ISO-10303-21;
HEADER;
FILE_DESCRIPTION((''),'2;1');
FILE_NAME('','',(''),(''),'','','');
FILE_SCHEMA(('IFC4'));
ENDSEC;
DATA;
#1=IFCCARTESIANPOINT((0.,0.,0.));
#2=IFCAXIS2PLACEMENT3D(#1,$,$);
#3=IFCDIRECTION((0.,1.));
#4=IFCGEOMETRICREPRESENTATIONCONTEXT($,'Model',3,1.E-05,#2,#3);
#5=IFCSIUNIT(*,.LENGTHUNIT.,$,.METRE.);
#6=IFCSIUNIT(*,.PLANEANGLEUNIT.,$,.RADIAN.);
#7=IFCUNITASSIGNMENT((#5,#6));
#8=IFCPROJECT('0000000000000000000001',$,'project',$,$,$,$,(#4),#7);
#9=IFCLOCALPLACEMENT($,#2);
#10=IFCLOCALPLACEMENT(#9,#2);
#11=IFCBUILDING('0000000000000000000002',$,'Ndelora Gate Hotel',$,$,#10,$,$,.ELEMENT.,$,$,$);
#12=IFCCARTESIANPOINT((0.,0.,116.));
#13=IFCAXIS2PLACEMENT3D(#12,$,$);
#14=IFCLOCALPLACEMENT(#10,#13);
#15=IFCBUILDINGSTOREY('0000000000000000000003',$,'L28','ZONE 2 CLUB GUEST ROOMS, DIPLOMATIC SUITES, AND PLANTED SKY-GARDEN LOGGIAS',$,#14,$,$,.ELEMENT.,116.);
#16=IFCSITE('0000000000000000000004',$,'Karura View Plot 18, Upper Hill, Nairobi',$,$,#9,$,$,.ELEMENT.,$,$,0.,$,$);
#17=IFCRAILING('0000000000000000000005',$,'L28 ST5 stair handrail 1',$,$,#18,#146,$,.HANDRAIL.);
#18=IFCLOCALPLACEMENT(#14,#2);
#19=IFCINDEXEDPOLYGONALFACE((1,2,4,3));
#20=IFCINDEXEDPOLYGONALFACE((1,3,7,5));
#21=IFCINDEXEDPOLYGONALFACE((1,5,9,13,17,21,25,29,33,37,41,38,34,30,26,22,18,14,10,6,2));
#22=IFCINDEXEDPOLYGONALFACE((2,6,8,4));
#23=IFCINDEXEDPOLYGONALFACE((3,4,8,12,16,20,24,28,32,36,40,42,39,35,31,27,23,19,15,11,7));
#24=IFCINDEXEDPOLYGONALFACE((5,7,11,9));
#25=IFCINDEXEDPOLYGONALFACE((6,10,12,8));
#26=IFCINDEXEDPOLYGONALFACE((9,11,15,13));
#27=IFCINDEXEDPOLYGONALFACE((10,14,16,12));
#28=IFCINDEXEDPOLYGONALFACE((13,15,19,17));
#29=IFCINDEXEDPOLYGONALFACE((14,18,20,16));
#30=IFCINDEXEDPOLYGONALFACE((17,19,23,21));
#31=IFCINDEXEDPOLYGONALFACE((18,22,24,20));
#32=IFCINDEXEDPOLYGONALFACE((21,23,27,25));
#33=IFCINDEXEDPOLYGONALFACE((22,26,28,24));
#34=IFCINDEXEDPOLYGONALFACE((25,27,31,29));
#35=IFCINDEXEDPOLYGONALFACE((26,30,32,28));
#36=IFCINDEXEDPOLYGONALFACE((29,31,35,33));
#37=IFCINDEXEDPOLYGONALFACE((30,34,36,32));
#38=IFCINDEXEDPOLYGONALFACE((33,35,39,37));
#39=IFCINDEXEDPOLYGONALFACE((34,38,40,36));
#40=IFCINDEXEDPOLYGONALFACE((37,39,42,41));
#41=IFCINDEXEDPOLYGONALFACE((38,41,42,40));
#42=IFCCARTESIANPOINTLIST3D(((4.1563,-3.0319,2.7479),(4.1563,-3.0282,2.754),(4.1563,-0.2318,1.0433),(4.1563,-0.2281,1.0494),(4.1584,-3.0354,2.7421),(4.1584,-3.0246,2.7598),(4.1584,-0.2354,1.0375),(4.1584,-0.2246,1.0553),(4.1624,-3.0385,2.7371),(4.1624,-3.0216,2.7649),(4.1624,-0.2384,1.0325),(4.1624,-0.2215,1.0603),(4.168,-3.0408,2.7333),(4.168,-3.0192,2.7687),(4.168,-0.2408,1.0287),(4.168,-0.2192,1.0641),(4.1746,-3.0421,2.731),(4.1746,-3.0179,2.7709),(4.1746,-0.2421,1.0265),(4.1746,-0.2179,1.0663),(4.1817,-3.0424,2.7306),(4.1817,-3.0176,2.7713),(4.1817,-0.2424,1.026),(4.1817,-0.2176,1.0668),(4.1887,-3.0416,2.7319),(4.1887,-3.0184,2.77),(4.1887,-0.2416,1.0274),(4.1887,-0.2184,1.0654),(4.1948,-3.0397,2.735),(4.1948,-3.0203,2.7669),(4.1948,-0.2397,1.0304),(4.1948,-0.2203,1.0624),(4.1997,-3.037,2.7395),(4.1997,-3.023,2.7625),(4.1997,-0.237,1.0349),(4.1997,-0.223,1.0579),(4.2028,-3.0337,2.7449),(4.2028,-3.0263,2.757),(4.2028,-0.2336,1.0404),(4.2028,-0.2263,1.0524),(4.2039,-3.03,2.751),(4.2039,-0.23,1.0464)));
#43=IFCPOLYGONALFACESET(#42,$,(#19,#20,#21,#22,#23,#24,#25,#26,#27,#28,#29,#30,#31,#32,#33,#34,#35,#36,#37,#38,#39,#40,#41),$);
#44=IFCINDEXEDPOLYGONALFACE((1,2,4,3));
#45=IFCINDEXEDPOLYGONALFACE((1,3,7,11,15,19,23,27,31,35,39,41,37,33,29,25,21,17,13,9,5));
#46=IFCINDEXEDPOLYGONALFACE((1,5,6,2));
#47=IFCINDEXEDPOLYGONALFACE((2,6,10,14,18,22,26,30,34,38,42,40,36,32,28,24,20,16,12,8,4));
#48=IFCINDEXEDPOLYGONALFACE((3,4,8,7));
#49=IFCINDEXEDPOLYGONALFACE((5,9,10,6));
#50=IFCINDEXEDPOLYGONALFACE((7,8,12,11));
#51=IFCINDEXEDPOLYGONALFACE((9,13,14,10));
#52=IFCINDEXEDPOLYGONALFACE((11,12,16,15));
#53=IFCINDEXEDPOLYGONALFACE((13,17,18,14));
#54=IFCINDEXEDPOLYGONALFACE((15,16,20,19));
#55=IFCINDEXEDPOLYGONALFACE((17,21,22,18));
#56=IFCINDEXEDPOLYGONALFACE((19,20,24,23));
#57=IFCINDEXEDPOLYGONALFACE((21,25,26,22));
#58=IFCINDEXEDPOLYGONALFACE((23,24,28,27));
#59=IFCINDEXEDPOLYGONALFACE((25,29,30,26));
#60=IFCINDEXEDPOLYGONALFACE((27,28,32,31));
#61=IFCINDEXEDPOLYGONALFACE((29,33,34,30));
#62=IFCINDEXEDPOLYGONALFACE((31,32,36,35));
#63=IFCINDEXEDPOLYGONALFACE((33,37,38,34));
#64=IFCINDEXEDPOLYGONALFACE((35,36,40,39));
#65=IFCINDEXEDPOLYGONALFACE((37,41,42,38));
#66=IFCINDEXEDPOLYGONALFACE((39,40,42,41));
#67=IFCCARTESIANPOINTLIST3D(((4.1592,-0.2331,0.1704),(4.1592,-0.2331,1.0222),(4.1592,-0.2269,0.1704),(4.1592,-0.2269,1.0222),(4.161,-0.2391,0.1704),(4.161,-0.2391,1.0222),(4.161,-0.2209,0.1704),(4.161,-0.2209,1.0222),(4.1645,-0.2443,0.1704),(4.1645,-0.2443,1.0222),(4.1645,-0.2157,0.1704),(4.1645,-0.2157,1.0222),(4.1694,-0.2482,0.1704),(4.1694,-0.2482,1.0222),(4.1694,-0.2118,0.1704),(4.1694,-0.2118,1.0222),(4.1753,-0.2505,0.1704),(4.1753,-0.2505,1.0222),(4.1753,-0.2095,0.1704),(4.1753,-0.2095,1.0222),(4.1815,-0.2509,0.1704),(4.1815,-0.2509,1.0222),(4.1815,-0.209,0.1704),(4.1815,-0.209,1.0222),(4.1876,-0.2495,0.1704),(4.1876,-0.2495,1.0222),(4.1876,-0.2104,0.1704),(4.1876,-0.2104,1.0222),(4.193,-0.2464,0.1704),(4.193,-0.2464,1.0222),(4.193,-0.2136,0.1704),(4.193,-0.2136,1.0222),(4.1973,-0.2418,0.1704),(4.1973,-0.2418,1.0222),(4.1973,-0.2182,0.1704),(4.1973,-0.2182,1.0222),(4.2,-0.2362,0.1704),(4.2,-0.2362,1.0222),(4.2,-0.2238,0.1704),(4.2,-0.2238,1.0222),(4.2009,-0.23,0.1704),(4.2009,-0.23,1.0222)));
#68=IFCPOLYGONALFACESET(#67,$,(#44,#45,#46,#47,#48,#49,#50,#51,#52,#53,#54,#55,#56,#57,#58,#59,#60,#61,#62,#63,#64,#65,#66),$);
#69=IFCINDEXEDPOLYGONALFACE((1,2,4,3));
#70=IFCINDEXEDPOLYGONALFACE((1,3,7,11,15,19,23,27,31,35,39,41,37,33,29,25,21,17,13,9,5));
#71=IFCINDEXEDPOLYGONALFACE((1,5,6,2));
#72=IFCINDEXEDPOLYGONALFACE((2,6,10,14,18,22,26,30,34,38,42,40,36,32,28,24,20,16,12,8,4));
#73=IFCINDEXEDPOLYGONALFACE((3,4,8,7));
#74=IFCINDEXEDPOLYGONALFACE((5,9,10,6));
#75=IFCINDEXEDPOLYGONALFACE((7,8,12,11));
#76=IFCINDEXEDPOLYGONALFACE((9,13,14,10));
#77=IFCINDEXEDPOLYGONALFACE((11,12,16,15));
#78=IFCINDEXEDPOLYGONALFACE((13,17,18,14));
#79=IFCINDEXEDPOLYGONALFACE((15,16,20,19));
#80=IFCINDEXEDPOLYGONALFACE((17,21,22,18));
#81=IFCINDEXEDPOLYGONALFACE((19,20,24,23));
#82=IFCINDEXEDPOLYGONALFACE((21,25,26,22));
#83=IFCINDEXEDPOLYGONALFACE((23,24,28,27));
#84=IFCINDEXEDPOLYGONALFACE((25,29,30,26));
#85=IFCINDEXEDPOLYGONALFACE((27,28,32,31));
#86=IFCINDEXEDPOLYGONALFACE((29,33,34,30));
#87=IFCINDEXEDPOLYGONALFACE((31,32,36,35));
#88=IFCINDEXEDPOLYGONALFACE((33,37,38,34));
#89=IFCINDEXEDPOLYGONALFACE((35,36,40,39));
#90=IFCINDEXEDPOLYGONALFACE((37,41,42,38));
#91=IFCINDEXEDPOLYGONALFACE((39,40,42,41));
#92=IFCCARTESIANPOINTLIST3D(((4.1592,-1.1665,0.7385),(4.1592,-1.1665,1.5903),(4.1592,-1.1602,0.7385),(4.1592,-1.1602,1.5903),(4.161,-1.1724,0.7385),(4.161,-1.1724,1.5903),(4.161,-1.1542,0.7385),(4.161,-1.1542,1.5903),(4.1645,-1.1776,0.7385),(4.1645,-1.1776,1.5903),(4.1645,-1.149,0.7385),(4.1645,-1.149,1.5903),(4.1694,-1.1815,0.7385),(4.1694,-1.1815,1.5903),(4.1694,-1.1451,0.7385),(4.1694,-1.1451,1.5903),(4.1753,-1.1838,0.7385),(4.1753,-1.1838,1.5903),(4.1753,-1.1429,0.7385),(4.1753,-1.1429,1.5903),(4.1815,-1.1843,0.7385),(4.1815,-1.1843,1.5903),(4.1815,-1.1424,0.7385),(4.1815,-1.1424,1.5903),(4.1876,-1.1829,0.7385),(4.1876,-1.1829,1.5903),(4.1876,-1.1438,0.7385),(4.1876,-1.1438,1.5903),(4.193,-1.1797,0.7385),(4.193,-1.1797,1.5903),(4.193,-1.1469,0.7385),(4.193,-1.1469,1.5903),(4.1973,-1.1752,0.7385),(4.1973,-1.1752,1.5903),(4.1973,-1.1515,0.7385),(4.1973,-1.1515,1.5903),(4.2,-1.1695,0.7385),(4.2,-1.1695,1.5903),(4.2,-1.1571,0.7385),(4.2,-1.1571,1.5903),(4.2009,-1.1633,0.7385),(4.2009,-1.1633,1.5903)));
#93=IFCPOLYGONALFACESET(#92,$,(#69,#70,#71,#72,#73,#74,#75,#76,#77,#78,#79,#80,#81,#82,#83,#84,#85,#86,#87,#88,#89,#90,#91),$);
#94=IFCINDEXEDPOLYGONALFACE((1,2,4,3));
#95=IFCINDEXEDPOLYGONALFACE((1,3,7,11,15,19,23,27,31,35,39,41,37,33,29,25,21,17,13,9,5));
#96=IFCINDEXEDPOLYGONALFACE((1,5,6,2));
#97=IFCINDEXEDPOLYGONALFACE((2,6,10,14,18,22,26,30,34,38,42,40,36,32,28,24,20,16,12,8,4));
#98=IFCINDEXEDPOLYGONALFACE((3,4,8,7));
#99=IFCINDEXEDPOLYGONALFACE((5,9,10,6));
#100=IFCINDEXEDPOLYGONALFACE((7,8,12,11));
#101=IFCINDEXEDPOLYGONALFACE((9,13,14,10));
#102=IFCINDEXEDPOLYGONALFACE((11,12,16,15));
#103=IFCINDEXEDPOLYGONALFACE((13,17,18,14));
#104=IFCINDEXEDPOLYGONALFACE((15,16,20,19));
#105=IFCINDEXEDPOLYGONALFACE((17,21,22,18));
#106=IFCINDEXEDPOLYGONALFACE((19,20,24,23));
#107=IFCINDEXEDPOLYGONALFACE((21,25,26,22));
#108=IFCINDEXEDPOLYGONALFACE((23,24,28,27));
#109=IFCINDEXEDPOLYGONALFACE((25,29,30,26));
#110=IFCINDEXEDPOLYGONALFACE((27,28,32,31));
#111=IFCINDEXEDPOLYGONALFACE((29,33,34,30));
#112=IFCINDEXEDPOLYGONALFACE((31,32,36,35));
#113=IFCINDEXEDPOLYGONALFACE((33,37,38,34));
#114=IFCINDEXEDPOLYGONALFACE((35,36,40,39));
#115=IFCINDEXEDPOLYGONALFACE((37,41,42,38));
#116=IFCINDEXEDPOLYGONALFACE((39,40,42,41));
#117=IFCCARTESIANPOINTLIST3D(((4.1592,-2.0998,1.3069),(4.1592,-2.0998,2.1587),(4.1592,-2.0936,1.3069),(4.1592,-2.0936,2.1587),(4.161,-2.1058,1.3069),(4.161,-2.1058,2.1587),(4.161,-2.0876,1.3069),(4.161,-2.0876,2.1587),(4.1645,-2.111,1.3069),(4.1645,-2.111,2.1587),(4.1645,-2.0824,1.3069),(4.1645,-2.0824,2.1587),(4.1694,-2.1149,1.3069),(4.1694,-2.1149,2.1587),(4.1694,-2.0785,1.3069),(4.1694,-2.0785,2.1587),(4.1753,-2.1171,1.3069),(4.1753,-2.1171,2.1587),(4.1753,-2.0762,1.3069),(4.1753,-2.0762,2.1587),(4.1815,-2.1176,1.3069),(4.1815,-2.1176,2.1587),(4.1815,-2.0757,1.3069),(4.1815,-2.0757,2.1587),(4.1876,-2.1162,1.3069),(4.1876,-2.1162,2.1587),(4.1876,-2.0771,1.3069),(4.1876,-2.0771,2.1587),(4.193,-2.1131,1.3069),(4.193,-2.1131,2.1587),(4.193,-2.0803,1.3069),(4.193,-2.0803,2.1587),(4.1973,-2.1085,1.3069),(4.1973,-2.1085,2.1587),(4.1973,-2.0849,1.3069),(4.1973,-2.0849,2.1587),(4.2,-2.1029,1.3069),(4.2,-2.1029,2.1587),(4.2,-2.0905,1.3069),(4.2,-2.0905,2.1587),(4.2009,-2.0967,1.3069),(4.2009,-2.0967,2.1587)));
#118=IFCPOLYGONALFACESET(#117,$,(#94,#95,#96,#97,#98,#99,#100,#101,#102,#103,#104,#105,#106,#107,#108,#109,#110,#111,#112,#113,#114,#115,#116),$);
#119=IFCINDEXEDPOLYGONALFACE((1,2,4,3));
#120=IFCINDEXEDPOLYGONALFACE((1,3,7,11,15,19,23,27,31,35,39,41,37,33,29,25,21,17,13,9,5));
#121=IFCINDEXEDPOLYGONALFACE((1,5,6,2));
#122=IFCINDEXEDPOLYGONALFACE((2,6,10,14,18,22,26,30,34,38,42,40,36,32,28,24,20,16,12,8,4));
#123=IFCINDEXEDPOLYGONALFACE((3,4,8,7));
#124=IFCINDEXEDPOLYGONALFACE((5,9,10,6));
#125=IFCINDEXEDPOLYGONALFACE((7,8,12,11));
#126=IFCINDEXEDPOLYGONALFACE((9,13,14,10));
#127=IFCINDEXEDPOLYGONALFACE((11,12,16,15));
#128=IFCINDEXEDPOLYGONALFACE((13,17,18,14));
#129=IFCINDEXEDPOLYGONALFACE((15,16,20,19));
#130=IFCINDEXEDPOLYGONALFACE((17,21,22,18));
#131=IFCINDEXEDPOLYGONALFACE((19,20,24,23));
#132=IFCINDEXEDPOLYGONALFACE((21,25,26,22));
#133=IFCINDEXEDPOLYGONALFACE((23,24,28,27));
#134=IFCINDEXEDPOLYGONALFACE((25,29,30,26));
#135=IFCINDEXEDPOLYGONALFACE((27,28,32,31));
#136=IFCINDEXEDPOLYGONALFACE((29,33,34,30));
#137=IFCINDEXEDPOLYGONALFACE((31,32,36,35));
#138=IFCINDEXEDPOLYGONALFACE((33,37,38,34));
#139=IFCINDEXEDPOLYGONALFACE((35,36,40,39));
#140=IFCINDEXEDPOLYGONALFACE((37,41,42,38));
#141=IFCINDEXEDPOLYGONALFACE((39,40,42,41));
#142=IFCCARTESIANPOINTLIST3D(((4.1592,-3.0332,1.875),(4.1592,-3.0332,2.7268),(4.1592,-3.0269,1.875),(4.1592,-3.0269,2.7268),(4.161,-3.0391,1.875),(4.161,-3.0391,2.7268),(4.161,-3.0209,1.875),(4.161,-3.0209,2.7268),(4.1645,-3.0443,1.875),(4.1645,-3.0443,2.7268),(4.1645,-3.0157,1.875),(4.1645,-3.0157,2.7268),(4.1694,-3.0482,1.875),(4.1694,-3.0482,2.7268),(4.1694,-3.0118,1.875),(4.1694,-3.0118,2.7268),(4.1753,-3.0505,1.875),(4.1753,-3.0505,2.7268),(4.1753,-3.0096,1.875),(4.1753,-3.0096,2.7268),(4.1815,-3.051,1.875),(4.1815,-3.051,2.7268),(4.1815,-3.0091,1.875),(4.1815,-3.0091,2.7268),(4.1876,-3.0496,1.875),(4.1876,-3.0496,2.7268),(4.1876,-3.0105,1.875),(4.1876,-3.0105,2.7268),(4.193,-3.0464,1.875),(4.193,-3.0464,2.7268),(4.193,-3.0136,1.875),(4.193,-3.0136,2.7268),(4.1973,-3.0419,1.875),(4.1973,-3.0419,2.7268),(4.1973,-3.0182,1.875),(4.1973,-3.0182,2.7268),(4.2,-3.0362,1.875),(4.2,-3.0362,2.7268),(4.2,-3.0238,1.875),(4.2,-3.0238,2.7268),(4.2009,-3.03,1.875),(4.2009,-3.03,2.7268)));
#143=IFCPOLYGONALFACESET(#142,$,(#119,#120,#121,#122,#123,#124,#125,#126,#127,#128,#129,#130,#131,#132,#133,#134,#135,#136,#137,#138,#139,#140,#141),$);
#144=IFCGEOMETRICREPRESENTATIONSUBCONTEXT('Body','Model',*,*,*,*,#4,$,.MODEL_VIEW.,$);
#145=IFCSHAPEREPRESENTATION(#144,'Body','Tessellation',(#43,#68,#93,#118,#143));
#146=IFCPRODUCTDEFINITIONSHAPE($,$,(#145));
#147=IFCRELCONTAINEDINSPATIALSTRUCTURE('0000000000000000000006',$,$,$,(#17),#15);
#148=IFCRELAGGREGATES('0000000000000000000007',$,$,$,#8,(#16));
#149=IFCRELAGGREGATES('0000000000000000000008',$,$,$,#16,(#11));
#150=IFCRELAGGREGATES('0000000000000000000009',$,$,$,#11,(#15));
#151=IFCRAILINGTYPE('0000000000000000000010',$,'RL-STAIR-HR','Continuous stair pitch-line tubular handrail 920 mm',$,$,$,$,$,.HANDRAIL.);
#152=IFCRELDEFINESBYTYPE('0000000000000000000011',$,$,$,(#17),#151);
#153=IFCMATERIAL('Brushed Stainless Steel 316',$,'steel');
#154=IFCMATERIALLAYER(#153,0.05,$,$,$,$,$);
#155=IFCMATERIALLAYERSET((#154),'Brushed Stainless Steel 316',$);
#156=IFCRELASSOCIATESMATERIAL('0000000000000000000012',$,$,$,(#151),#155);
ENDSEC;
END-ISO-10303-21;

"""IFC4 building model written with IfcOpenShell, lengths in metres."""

from ifc_helpers import new_model, si_unit, direction, frame, origin, origin_2d, place, context, subcontext, project, spatial, circle, extrude, material, layer, layer_set, type_object, element, save


model = new_model("IFC4")

# Units and contexts
model_context = context("Model", 3, precision=1e-05, world=origin(), true_north=direction((0.0, 1.0)))
body_context = subcontext(model_context, "Body", "Model", "MODEL_VIEW")
ifc_project = project(units=[si_unit("LENGTHUNIT", "METRE"), si_unit("PLANEANGLEUNIT", "RADIAN")], contexts=[model_context])

# Site, building, storey
site_placement = place(None, origin())
site = spatial("IfcSite", under=ifc_project, at=site_placement, Name="Karura View Plot 18, Upper Hill, Nairobi", CompositionType="ELEMENT", RefElevation=0.0)
building_placement = place(site_placement, origin())
building = spatial("IfcBuilding", under=site, at=building_placement, Name="Ndelora Gate Hotel", CompositionType="ELEMENT")
storey_placement = place(building_placement, frame((0.0, 0.0, 116.0)))
storey = spatial("IfcBuildingStorey", under=building, at=storey_placement, Name="L28", Description="ZONE 2 CLUB GUEST ROOMS, DIPLOMATIC SUITES, AND PLANTED SKY-GARDEN LOGGIAS", CompositionType="ELEMENT", Elevation=116.0)

# Railing
ifc_material_1 = material(Name="Brushed Stainless Steel 316", Category="steel")
ifc_layer_1 = layer(ifc_material_1, 0.05)
ifc_layer_set_1 = layer_set([ifc_layer_1], Name="Brushed Stainless Steel 316")
railing_type_1 = type_object("IfcRailingType", Name="RL-STAIR-HR", Description="Continuous stair pitch-line tubular handrail 920 mm", PredefinedType="HANDRAIL", material=ifc_layer_set_1)
railing_1_placement = place(storey_placement, frame((4.1799, -0.23, 0.1704)))
element("IfcRailing", 1, at=railing_1_placement, inside=storey, type_object=railing_type_1, Name="L28 ST5 stair handrail 1", PredefinedType="HANDRAIL", context=body_context, shape_type="SweptSolid", body=[
    extrude(circle(Radius=0.0239, at=origin_2d()), frame((0.0, 0.0, 0.876), z_axis=(0.0, -0.85417, 0.519994), x_axis=(1.0, 0.0, 0.0)), (0.0, 0.0, 1.0), 3.2781),
    extrude(circle(Radius=0.021, at=origin_2d()), origin(), (0.0, 0.0, 1.0), 0.8518),
    extrude(circle(Radius=0.021, at=origin_2d()), frame((0.0, -0.9333, 0.5681)), (0.0, 0.0, 1.0), 0.8518),
    extrude(circle(Radius=0.021, at=origin_2d()), frame((0.0, -1.8667, 1.1365)), (0.0, 0.0, 1.0), 0.8518),
    extrude(circle(Radius=0.021, at=origin_2d()), frame((0.0, -2.8, 1.7046)), (0.0, 0.0, 1.0), 0.8518),
])

save(model, "model.ifc")
